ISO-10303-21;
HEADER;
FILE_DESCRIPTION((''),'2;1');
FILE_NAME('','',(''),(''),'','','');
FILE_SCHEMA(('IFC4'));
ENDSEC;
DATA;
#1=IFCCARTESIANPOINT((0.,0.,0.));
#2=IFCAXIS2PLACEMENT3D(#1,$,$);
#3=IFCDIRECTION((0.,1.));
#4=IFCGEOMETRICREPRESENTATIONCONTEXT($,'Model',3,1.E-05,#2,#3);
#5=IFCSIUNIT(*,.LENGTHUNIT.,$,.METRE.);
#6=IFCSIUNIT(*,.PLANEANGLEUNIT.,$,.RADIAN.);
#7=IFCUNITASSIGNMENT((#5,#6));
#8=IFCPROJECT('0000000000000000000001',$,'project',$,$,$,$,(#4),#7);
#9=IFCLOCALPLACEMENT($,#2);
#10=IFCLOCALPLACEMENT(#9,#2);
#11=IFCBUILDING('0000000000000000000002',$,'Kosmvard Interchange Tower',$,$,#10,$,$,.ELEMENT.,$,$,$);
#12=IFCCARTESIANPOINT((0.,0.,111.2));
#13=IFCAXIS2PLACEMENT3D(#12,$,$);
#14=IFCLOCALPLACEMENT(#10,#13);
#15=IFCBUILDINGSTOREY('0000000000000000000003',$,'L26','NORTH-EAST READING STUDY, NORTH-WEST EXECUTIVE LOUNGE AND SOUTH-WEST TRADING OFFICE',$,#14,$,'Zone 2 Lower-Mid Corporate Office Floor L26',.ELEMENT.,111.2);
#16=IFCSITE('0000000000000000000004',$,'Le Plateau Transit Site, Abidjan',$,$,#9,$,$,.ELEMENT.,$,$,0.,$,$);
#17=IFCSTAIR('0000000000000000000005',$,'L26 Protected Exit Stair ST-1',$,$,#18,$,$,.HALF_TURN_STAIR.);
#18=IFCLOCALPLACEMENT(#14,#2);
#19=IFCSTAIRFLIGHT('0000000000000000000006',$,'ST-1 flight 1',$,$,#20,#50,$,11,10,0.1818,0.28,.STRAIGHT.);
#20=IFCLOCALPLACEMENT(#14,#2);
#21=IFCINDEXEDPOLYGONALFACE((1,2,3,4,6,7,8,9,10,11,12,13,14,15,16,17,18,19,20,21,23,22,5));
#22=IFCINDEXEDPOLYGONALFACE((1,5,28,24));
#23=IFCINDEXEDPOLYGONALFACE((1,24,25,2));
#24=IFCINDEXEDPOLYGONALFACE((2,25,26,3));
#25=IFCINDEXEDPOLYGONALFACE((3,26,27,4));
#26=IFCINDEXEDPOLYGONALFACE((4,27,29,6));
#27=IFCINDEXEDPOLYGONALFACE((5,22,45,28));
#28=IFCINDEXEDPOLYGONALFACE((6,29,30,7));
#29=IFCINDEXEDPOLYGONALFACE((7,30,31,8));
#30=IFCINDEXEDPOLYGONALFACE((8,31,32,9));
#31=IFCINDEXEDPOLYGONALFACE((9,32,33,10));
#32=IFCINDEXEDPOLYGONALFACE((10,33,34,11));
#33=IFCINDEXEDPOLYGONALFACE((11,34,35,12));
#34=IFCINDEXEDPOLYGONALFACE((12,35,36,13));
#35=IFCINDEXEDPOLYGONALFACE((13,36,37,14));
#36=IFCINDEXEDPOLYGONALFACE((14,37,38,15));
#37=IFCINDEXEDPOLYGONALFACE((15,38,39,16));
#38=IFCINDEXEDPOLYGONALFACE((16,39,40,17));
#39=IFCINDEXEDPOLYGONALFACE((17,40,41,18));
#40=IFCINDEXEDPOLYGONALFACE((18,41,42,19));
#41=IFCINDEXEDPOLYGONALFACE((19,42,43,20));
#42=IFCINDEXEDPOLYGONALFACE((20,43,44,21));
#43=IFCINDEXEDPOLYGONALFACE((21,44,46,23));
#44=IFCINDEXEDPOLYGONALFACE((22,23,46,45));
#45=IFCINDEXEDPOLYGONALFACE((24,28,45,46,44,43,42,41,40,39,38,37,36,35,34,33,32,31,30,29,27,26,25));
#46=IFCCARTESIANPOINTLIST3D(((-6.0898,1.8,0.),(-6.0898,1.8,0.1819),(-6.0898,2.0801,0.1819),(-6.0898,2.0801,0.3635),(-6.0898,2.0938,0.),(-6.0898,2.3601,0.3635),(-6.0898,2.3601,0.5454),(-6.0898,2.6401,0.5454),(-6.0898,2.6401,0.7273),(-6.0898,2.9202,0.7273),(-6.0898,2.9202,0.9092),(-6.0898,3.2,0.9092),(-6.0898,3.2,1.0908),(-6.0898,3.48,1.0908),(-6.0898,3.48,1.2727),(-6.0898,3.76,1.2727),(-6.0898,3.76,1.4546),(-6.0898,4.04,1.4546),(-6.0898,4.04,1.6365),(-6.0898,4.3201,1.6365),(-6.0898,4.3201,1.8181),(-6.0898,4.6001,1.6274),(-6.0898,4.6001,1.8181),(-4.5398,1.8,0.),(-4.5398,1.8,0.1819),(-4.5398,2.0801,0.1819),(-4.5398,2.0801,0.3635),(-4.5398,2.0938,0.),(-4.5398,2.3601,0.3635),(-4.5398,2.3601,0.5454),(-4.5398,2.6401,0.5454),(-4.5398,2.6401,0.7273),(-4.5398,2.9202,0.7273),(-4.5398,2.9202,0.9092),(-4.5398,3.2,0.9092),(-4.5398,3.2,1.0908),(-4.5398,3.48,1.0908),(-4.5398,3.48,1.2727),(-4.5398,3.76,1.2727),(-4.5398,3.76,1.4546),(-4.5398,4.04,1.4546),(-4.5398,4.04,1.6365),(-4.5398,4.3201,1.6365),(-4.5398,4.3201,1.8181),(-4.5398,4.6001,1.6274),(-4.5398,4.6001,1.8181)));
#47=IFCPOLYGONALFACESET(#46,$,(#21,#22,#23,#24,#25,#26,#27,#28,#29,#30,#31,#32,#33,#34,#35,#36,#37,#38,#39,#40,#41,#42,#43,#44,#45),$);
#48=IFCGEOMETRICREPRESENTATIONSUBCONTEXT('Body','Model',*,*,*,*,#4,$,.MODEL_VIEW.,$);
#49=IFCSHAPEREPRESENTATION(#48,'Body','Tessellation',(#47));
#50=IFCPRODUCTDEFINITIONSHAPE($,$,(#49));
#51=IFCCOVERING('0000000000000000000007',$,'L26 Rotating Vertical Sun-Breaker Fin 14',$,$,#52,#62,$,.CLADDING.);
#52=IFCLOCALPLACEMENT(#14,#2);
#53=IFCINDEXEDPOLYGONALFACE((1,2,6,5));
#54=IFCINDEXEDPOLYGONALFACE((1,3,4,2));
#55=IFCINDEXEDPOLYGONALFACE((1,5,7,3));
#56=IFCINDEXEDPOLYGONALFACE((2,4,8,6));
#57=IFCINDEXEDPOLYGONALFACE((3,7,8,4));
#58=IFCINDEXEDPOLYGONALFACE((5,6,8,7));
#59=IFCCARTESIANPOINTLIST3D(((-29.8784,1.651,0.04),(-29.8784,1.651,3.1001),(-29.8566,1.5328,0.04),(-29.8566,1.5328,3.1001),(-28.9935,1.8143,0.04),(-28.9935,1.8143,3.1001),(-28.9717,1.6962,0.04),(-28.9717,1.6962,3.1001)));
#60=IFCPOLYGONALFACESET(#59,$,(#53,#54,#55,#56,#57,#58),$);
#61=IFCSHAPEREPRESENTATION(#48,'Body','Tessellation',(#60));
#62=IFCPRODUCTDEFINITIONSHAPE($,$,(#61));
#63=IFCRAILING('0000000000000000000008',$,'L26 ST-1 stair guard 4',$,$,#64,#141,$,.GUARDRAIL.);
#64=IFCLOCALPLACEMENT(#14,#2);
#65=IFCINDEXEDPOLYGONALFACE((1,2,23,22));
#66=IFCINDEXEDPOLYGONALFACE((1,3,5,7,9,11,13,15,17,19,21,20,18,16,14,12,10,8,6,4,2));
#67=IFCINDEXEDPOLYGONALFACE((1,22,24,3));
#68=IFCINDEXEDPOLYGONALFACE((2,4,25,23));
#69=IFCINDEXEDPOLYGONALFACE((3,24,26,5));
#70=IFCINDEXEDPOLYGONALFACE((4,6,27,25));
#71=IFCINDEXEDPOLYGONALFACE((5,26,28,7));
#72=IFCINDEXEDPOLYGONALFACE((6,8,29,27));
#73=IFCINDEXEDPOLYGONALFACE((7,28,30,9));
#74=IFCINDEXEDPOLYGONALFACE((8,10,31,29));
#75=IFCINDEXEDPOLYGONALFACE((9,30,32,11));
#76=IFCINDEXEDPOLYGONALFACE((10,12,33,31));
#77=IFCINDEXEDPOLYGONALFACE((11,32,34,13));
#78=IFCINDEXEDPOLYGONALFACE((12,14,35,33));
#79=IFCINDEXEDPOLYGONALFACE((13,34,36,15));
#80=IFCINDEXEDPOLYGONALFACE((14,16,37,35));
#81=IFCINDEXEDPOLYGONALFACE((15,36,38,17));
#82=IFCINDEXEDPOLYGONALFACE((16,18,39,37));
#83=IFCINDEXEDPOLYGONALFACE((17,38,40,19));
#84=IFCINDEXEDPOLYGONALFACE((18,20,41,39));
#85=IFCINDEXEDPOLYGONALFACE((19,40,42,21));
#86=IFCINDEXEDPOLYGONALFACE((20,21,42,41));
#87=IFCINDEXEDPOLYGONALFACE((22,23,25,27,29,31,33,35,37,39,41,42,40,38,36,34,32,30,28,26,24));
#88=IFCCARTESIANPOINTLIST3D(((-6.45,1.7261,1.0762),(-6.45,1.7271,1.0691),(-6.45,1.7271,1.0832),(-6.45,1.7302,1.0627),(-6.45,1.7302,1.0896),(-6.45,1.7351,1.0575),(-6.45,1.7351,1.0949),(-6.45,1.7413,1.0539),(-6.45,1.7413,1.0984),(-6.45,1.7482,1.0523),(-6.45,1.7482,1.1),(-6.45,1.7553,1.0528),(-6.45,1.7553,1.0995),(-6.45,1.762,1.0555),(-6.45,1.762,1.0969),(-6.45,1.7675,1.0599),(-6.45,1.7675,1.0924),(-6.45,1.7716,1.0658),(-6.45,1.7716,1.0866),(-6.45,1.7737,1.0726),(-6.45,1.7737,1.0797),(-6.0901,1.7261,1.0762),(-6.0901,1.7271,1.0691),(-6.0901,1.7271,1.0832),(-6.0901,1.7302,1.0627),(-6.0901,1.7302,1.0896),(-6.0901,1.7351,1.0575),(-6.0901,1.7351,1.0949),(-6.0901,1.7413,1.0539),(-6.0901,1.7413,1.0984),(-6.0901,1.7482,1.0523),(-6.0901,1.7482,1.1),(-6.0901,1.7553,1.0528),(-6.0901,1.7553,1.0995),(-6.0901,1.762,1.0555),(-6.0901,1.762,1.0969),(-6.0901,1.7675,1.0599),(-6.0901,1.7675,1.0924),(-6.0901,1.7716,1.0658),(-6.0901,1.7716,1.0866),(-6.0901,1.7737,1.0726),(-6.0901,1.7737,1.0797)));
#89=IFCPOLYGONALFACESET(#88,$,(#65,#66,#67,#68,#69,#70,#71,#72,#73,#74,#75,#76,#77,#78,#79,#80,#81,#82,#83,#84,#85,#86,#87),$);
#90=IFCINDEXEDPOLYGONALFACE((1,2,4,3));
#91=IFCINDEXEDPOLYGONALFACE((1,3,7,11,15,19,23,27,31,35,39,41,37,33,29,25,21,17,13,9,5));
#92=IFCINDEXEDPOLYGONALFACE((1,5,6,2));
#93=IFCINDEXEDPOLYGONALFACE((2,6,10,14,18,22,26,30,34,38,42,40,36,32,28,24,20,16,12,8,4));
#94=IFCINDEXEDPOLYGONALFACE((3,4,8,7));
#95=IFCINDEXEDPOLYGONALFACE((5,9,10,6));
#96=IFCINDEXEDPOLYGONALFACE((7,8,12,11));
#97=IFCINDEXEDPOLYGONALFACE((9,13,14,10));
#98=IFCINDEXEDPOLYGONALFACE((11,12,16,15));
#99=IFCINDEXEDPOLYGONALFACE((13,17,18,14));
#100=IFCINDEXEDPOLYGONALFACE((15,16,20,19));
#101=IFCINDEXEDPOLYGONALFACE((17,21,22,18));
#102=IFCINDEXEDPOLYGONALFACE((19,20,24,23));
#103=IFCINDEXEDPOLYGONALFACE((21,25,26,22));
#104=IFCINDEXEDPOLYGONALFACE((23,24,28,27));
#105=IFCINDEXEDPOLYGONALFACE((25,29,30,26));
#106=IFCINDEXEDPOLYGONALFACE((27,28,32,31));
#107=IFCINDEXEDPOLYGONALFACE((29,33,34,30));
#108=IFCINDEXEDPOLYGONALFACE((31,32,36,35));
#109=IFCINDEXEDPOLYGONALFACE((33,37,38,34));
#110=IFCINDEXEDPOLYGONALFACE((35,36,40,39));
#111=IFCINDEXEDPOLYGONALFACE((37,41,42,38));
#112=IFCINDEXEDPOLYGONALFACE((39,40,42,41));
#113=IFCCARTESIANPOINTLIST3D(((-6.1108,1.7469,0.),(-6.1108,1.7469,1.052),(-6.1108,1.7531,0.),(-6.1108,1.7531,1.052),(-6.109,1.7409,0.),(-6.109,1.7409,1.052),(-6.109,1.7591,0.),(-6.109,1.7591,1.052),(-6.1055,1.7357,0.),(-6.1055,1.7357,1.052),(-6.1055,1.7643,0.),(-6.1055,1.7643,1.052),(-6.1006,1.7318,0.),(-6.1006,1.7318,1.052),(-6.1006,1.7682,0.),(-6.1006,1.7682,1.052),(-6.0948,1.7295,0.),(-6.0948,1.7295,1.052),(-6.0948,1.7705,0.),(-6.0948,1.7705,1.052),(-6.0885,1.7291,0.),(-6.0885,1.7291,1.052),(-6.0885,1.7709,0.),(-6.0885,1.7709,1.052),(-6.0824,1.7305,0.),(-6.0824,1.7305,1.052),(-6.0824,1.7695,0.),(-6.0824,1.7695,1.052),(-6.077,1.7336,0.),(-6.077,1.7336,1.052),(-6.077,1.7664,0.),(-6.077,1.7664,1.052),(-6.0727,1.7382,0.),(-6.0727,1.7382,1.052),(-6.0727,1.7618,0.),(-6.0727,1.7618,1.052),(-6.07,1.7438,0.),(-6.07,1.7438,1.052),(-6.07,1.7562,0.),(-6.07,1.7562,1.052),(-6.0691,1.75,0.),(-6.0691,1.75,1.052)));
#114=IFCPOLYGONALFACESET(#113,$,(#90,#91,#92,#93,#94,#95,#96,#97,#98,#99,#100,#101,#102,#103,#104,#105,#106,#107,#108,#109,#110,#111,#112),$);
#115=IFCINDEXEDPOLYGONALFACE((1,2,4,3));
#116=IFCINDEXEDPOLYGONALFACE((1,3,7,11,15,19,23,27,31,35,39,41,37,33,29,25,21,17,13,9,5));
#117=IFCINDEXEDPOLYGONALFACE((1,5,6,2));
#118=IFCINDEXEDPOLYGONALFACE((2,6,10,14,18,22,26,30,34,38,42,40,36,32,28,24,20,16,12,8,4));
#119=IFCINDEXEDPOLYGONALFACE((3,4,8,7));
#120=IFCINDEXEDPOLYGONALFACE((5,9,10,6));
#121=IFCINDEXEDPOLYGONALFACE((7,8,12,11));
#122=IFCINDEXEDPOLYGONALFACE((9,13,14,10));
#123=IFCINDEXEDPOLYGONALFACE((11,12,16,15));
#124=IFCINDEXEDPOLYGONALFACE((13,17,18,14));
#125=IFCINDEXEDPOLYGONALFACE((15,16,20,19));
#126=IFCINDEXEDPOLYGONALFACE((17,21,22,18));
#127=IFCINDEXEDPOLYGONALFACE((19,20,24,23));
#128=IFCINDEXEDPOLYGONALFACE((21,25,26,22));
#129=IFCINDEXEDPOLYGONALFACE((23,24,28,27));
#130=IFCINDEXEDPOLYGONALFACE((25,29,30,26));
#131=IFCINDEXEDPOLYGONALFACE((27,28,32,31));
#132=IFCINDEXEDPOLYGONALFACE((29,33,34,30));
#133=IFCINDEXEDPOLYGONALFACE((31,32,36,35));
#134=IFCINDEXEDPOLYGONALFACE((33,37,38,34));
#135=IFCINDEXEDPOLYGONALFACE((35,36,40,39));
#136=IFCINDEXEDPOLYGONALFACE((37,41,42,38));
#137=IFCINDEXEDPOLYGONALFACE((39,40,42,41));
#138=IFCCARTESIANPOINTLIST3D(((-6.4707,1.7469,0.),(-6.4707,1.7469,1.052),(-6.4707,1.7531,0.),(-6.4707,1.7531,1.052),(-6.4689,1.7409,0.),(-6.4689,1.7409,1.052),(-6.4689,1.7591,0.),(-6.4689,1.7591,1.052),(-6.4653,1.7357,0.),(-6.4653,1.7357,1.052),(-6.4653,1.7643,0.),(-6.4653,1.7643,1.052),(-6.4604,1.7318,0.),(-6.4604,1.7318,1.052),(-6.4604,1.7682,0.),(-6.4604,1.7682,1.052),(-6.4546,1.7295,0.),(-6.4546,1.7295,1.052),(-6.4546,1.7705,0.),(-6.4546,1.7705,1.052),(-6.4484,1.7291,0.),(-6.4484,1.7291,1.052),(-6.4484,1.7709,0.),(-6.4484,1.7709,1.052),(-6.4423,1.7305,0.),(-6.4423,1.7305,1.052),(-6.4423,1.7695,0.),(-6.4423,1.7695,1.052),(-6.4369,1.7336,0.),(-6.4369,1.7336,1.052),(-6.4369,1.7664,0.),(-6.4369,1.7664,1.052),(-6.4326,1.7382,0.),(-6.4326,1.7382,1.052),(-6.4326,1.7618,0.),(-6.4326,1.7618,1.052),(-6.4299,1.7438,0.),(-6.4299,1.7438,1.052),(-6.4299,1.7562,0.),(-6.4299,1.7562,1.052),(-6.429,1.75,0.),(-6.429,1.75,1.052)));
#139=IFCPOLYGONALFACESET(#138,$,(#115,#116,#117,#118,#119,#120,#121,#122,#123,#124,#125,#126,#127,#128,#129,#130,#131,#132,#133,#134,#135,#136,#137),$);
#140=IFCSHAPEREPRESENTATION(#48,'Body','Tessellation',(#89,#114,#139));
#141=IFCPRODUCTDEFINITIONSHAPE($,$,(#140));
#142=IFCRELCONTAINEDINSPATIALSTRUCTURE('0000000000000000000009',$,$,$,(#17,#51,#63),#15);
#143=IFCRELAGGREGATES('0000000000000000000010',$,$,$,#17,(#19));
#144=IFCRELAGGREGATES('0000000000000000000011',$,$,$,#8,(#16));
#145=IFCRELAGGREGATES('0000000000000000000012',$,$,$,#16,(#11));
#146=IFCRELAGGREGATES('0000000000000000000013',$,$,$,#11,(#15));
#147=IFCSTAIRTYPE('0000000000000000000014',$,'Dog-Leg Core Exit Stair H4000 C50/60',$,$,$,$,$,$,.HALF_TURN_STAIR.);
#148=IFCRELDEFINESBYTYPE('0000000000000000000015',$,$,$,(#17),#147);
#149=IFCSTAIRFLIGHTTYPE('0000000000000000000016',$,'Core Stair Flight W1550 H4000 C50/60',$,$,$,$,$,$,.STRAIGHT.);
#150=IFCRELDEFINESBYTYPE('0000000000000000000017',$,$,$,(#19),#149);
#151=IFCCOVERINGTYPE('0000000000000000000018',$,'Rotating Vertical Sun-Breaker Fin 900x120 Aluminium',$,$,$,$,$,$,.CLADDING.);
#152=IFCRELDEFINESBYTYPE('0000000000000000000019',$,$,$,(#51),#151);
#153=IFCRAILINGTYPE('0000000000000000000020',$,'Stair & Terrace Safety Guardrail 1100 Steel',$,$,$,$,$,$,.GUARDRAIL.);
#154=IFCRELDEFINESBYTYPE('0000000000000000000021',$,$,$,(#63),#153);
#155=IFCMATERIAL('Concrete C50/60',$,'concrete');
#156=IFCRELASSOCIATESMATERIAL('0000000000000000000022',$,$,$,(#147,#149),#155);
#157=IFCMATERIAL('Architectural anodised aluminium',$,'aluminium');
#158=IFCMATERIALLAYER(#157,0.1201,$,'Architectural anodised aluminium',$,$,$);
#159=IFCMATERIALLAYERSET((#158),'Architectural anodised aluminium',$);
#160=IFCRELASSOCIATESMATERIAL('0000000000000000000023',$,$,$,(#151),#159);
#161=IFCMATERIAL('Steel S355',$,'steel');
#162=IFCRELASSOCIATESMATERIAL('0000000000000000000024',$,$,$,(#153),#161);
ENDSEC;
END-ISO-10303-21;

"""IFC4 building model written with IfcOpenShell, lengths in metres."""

from ifc_helpers import new_model, si_unit, direction, frame, origin, origin_2d, place, context, subcontext, project, spatial, polyline, rectangle, circle, outline, extrude, source, transform, mapped, material, layer, layer_set, type_object, element, aggregate, save


model = new_model("IFC4")

# Units and contexts
model_context = context("Model", 3, precision=1e-05, world=origin(), true_north=direction((0.0, 1.0)))
body_context = subcontext(model_context, "Body", "Model", "MODEL_VIEW")
ifc_project = project(units=[si_unit("LENGTHUNIT", "METRE"), si_unit("PLANEANGLEUNIT", "RADIAN")], contexts=[model_context])

# Site, building, storey
site_placement = place(None, origin())
site = spatial("IfcSite", under=ifc_project, at=site_placement, Name="Le Plateau Transit Site, Abidjan", CompositionType="ELEMENT", RefElevation=0.0)
building_placement = place(site_placement, origin())
building = spatial("IfcBuilding", under=site, at=building_placement, Name="Kosmvard Interchange Tower", CompositionType="ELEMENT")
storey_placement = place(building_placement, frame((0.0, 0.0, 111.2)))
storey = spatial("IfcBuildingStorey", under=building, at=storey_placement, Name="L26", Description="NORTH-EAST READING STUDY, NORTH-WEST EXECUTIVE LOUNGE AND SOUTH-WEST TRADING OFFICE", LongName="Zone 2 Lower-Mid Corporate Office Floor L26", CompositionType="ELEMENT", Elevation=111.2)

# Shared definitions
ifc_material_1 = material(Name="Steel S355", Category="steel")

# Stair, stair flight
ifc_material_2 = material(Name="Concrete C50/60", Category="concrete")
stair_type = type_object("IfcStairType", Name="Dog-Leg Core Exit Stair H4000 C50/60", PredefinedType="HALF_TURN_STAIR", material=ifc_material_2)
stair_placement = place(storey_placement, origin())
stair = element("IfcStair", 1, at=stair_placement, inside=storey, type_object=stair_type, Name="L26 Protected Exit Stair ST-1", PredefinedType="HALF_TURN_STAIR")
stair_flight_type = type_object("IfcStairFlightType", Name="Core Stair Flight W1550 H4000 C50/60", PredefinedType="STRAIGHT", material=ifc_material_2)
shared_shape_1 = source(origin(), body_context, "Body", "SweptSolid", [
    extrude(outline(polyline([(0.0, 0.0), (0.0, 0.1819), (0.28, 0.1819), (0.28, 0.3635), (0.5601, 0.3635), (0.5601, 0.5454), (0.8401, 0.5454), (0.8401, 0.7273), (1.1201, 0.7273), (1.1201, 0.9092), (1.3999, 0.9092), (1.3999, 1.0908), (1.6799, 1.0908), (1.6799, 1.2727), (1.96, 1.2727), (1.96, 1.4546), (2.24, 1.4546), (2.24, 1.6365), (2.52, 1.6365), (2.52, 1.8181), (2.8, 1.8181), (2.8, 2.0), (2.8, 1.6274), (0.2937, 0.0), (0.0, 0.0)])), frame((0.0, 0.7749, 0.0), z_axis=(0.0, -1.0, 0.0), x_axis=(1.0, 0.0, 0.0)), (0.0, 0.0, 1.0), 1.55),
])
stair_flight_placement = place(storey_placement, frame((-5.3149, 1.8, 0.0), z_axis=(0.0, 0.0, 1.0), x_axis=(0.0, 1.0, 0.0)))
stair_flight = element("IfcStairFlight", 2, at=stair_flight_placement, type_object=stair_flight_type, Name="ST-1 flight 1", NumberOfRisers=11, NumberOfTreads=10, PredefinedType="STRAIGHT", RiserHeight=0.1818, TreadLength=0.28, context=body_context, shape_type="MappedRepresentation", body=[
    mapped(shared_shape_1, transform((0.0, 0.0, 0.0), scale=1.0)),
])
aggregate(stair, [stair_flight])

# Covering
ifc_material_3 = material(Name="Architectural anodised aluminium", Category="aluminium")
ifc_layer_1 = layer(ifc_material_3, 0.1201, Name="Architectural anodised aluminium")
ifc_layer_set_1 = layer_set([ifc_layer_1], Name="Architectural anodised aluminium")
covering_type = type_object("IfcCoveringType", Name="Rotating Vertical Sun-Breaker Fin 900x120 Aluminium", PredefinedType="CLADDING", material=ifc_layer_set_1)
shared_shape_2 = source(origin(), body_context, "Body", "SweptSolid", [
    extrude(rectangle(XDim=0.8999, YDim=0.1201, at=origin_2d()), origin(), (0.0, 0.0, 1.0), 3.0601),
])
covering_placement = place(storey_placement, frame((-29.425, 1.6736, 0.04), z_axis=(0.0, 0.0, 1.0), x_axis=(-0.983382, -0.181549, 0.0)))
element("IfcCovering", 3, at=covering_placement, inside=storey, type_object=covering_type, Name="L26 Rotating Vertical Sun-Breaker Fin 14", PredefinedType="CLADDING", context=body_context, shape_type="MappedRepresentation", body=[
    mapped(shared_shape_2, transform((0.0, 0.0, 0.0), scale=1.0)),
])

# Railing
railing_type_1 = type_object("IfcRailingType", Name="Stair & Terrace Safety Guardrail 1100 Steel", PredefinedType="GUARDRAIL", material=ifc_material_1)
shared_shape_3 = source(origin(), body_context, "Body", "SweptSolid", [
    extrude(circle(Radius=0.0239, at=origin_2d()), frame((0.0, 0.0, 1.0762), z_axis=(-1.0, 0.0, 0.0), x_axis=(0.0, -1.0, 0.0)), (0.0, 0.0, 1.0), 0.3599),
    extrude(circle(Radius=0.021, at=origin_2d()), origin(), (0.0, 0.0, 1.0), 1.052),
    extrude(circle(Radius=0.021, at=origin_2d()), frame((-0.3599, 0.0, 0.0)), (0.0, 0.0, 1.0), 1.052),
])
railing_1_placement = place(storey_placement, frame((-6.0901, 1.75, 0.0)))
element("IfcRailing", 4, at=railing_1_placement, inside=storey, type_object=railing_type_1, Name="L26 ST-1 stair guard 4", PredefinedType="GUARDRAIL", context=body_context, shape_type="MappedRepresentation", body=[
    mapped(shared_shape_3, transform((0.0, 0.0, 0.0), scale=1.0)),
])

save(model, "model.ifc")
